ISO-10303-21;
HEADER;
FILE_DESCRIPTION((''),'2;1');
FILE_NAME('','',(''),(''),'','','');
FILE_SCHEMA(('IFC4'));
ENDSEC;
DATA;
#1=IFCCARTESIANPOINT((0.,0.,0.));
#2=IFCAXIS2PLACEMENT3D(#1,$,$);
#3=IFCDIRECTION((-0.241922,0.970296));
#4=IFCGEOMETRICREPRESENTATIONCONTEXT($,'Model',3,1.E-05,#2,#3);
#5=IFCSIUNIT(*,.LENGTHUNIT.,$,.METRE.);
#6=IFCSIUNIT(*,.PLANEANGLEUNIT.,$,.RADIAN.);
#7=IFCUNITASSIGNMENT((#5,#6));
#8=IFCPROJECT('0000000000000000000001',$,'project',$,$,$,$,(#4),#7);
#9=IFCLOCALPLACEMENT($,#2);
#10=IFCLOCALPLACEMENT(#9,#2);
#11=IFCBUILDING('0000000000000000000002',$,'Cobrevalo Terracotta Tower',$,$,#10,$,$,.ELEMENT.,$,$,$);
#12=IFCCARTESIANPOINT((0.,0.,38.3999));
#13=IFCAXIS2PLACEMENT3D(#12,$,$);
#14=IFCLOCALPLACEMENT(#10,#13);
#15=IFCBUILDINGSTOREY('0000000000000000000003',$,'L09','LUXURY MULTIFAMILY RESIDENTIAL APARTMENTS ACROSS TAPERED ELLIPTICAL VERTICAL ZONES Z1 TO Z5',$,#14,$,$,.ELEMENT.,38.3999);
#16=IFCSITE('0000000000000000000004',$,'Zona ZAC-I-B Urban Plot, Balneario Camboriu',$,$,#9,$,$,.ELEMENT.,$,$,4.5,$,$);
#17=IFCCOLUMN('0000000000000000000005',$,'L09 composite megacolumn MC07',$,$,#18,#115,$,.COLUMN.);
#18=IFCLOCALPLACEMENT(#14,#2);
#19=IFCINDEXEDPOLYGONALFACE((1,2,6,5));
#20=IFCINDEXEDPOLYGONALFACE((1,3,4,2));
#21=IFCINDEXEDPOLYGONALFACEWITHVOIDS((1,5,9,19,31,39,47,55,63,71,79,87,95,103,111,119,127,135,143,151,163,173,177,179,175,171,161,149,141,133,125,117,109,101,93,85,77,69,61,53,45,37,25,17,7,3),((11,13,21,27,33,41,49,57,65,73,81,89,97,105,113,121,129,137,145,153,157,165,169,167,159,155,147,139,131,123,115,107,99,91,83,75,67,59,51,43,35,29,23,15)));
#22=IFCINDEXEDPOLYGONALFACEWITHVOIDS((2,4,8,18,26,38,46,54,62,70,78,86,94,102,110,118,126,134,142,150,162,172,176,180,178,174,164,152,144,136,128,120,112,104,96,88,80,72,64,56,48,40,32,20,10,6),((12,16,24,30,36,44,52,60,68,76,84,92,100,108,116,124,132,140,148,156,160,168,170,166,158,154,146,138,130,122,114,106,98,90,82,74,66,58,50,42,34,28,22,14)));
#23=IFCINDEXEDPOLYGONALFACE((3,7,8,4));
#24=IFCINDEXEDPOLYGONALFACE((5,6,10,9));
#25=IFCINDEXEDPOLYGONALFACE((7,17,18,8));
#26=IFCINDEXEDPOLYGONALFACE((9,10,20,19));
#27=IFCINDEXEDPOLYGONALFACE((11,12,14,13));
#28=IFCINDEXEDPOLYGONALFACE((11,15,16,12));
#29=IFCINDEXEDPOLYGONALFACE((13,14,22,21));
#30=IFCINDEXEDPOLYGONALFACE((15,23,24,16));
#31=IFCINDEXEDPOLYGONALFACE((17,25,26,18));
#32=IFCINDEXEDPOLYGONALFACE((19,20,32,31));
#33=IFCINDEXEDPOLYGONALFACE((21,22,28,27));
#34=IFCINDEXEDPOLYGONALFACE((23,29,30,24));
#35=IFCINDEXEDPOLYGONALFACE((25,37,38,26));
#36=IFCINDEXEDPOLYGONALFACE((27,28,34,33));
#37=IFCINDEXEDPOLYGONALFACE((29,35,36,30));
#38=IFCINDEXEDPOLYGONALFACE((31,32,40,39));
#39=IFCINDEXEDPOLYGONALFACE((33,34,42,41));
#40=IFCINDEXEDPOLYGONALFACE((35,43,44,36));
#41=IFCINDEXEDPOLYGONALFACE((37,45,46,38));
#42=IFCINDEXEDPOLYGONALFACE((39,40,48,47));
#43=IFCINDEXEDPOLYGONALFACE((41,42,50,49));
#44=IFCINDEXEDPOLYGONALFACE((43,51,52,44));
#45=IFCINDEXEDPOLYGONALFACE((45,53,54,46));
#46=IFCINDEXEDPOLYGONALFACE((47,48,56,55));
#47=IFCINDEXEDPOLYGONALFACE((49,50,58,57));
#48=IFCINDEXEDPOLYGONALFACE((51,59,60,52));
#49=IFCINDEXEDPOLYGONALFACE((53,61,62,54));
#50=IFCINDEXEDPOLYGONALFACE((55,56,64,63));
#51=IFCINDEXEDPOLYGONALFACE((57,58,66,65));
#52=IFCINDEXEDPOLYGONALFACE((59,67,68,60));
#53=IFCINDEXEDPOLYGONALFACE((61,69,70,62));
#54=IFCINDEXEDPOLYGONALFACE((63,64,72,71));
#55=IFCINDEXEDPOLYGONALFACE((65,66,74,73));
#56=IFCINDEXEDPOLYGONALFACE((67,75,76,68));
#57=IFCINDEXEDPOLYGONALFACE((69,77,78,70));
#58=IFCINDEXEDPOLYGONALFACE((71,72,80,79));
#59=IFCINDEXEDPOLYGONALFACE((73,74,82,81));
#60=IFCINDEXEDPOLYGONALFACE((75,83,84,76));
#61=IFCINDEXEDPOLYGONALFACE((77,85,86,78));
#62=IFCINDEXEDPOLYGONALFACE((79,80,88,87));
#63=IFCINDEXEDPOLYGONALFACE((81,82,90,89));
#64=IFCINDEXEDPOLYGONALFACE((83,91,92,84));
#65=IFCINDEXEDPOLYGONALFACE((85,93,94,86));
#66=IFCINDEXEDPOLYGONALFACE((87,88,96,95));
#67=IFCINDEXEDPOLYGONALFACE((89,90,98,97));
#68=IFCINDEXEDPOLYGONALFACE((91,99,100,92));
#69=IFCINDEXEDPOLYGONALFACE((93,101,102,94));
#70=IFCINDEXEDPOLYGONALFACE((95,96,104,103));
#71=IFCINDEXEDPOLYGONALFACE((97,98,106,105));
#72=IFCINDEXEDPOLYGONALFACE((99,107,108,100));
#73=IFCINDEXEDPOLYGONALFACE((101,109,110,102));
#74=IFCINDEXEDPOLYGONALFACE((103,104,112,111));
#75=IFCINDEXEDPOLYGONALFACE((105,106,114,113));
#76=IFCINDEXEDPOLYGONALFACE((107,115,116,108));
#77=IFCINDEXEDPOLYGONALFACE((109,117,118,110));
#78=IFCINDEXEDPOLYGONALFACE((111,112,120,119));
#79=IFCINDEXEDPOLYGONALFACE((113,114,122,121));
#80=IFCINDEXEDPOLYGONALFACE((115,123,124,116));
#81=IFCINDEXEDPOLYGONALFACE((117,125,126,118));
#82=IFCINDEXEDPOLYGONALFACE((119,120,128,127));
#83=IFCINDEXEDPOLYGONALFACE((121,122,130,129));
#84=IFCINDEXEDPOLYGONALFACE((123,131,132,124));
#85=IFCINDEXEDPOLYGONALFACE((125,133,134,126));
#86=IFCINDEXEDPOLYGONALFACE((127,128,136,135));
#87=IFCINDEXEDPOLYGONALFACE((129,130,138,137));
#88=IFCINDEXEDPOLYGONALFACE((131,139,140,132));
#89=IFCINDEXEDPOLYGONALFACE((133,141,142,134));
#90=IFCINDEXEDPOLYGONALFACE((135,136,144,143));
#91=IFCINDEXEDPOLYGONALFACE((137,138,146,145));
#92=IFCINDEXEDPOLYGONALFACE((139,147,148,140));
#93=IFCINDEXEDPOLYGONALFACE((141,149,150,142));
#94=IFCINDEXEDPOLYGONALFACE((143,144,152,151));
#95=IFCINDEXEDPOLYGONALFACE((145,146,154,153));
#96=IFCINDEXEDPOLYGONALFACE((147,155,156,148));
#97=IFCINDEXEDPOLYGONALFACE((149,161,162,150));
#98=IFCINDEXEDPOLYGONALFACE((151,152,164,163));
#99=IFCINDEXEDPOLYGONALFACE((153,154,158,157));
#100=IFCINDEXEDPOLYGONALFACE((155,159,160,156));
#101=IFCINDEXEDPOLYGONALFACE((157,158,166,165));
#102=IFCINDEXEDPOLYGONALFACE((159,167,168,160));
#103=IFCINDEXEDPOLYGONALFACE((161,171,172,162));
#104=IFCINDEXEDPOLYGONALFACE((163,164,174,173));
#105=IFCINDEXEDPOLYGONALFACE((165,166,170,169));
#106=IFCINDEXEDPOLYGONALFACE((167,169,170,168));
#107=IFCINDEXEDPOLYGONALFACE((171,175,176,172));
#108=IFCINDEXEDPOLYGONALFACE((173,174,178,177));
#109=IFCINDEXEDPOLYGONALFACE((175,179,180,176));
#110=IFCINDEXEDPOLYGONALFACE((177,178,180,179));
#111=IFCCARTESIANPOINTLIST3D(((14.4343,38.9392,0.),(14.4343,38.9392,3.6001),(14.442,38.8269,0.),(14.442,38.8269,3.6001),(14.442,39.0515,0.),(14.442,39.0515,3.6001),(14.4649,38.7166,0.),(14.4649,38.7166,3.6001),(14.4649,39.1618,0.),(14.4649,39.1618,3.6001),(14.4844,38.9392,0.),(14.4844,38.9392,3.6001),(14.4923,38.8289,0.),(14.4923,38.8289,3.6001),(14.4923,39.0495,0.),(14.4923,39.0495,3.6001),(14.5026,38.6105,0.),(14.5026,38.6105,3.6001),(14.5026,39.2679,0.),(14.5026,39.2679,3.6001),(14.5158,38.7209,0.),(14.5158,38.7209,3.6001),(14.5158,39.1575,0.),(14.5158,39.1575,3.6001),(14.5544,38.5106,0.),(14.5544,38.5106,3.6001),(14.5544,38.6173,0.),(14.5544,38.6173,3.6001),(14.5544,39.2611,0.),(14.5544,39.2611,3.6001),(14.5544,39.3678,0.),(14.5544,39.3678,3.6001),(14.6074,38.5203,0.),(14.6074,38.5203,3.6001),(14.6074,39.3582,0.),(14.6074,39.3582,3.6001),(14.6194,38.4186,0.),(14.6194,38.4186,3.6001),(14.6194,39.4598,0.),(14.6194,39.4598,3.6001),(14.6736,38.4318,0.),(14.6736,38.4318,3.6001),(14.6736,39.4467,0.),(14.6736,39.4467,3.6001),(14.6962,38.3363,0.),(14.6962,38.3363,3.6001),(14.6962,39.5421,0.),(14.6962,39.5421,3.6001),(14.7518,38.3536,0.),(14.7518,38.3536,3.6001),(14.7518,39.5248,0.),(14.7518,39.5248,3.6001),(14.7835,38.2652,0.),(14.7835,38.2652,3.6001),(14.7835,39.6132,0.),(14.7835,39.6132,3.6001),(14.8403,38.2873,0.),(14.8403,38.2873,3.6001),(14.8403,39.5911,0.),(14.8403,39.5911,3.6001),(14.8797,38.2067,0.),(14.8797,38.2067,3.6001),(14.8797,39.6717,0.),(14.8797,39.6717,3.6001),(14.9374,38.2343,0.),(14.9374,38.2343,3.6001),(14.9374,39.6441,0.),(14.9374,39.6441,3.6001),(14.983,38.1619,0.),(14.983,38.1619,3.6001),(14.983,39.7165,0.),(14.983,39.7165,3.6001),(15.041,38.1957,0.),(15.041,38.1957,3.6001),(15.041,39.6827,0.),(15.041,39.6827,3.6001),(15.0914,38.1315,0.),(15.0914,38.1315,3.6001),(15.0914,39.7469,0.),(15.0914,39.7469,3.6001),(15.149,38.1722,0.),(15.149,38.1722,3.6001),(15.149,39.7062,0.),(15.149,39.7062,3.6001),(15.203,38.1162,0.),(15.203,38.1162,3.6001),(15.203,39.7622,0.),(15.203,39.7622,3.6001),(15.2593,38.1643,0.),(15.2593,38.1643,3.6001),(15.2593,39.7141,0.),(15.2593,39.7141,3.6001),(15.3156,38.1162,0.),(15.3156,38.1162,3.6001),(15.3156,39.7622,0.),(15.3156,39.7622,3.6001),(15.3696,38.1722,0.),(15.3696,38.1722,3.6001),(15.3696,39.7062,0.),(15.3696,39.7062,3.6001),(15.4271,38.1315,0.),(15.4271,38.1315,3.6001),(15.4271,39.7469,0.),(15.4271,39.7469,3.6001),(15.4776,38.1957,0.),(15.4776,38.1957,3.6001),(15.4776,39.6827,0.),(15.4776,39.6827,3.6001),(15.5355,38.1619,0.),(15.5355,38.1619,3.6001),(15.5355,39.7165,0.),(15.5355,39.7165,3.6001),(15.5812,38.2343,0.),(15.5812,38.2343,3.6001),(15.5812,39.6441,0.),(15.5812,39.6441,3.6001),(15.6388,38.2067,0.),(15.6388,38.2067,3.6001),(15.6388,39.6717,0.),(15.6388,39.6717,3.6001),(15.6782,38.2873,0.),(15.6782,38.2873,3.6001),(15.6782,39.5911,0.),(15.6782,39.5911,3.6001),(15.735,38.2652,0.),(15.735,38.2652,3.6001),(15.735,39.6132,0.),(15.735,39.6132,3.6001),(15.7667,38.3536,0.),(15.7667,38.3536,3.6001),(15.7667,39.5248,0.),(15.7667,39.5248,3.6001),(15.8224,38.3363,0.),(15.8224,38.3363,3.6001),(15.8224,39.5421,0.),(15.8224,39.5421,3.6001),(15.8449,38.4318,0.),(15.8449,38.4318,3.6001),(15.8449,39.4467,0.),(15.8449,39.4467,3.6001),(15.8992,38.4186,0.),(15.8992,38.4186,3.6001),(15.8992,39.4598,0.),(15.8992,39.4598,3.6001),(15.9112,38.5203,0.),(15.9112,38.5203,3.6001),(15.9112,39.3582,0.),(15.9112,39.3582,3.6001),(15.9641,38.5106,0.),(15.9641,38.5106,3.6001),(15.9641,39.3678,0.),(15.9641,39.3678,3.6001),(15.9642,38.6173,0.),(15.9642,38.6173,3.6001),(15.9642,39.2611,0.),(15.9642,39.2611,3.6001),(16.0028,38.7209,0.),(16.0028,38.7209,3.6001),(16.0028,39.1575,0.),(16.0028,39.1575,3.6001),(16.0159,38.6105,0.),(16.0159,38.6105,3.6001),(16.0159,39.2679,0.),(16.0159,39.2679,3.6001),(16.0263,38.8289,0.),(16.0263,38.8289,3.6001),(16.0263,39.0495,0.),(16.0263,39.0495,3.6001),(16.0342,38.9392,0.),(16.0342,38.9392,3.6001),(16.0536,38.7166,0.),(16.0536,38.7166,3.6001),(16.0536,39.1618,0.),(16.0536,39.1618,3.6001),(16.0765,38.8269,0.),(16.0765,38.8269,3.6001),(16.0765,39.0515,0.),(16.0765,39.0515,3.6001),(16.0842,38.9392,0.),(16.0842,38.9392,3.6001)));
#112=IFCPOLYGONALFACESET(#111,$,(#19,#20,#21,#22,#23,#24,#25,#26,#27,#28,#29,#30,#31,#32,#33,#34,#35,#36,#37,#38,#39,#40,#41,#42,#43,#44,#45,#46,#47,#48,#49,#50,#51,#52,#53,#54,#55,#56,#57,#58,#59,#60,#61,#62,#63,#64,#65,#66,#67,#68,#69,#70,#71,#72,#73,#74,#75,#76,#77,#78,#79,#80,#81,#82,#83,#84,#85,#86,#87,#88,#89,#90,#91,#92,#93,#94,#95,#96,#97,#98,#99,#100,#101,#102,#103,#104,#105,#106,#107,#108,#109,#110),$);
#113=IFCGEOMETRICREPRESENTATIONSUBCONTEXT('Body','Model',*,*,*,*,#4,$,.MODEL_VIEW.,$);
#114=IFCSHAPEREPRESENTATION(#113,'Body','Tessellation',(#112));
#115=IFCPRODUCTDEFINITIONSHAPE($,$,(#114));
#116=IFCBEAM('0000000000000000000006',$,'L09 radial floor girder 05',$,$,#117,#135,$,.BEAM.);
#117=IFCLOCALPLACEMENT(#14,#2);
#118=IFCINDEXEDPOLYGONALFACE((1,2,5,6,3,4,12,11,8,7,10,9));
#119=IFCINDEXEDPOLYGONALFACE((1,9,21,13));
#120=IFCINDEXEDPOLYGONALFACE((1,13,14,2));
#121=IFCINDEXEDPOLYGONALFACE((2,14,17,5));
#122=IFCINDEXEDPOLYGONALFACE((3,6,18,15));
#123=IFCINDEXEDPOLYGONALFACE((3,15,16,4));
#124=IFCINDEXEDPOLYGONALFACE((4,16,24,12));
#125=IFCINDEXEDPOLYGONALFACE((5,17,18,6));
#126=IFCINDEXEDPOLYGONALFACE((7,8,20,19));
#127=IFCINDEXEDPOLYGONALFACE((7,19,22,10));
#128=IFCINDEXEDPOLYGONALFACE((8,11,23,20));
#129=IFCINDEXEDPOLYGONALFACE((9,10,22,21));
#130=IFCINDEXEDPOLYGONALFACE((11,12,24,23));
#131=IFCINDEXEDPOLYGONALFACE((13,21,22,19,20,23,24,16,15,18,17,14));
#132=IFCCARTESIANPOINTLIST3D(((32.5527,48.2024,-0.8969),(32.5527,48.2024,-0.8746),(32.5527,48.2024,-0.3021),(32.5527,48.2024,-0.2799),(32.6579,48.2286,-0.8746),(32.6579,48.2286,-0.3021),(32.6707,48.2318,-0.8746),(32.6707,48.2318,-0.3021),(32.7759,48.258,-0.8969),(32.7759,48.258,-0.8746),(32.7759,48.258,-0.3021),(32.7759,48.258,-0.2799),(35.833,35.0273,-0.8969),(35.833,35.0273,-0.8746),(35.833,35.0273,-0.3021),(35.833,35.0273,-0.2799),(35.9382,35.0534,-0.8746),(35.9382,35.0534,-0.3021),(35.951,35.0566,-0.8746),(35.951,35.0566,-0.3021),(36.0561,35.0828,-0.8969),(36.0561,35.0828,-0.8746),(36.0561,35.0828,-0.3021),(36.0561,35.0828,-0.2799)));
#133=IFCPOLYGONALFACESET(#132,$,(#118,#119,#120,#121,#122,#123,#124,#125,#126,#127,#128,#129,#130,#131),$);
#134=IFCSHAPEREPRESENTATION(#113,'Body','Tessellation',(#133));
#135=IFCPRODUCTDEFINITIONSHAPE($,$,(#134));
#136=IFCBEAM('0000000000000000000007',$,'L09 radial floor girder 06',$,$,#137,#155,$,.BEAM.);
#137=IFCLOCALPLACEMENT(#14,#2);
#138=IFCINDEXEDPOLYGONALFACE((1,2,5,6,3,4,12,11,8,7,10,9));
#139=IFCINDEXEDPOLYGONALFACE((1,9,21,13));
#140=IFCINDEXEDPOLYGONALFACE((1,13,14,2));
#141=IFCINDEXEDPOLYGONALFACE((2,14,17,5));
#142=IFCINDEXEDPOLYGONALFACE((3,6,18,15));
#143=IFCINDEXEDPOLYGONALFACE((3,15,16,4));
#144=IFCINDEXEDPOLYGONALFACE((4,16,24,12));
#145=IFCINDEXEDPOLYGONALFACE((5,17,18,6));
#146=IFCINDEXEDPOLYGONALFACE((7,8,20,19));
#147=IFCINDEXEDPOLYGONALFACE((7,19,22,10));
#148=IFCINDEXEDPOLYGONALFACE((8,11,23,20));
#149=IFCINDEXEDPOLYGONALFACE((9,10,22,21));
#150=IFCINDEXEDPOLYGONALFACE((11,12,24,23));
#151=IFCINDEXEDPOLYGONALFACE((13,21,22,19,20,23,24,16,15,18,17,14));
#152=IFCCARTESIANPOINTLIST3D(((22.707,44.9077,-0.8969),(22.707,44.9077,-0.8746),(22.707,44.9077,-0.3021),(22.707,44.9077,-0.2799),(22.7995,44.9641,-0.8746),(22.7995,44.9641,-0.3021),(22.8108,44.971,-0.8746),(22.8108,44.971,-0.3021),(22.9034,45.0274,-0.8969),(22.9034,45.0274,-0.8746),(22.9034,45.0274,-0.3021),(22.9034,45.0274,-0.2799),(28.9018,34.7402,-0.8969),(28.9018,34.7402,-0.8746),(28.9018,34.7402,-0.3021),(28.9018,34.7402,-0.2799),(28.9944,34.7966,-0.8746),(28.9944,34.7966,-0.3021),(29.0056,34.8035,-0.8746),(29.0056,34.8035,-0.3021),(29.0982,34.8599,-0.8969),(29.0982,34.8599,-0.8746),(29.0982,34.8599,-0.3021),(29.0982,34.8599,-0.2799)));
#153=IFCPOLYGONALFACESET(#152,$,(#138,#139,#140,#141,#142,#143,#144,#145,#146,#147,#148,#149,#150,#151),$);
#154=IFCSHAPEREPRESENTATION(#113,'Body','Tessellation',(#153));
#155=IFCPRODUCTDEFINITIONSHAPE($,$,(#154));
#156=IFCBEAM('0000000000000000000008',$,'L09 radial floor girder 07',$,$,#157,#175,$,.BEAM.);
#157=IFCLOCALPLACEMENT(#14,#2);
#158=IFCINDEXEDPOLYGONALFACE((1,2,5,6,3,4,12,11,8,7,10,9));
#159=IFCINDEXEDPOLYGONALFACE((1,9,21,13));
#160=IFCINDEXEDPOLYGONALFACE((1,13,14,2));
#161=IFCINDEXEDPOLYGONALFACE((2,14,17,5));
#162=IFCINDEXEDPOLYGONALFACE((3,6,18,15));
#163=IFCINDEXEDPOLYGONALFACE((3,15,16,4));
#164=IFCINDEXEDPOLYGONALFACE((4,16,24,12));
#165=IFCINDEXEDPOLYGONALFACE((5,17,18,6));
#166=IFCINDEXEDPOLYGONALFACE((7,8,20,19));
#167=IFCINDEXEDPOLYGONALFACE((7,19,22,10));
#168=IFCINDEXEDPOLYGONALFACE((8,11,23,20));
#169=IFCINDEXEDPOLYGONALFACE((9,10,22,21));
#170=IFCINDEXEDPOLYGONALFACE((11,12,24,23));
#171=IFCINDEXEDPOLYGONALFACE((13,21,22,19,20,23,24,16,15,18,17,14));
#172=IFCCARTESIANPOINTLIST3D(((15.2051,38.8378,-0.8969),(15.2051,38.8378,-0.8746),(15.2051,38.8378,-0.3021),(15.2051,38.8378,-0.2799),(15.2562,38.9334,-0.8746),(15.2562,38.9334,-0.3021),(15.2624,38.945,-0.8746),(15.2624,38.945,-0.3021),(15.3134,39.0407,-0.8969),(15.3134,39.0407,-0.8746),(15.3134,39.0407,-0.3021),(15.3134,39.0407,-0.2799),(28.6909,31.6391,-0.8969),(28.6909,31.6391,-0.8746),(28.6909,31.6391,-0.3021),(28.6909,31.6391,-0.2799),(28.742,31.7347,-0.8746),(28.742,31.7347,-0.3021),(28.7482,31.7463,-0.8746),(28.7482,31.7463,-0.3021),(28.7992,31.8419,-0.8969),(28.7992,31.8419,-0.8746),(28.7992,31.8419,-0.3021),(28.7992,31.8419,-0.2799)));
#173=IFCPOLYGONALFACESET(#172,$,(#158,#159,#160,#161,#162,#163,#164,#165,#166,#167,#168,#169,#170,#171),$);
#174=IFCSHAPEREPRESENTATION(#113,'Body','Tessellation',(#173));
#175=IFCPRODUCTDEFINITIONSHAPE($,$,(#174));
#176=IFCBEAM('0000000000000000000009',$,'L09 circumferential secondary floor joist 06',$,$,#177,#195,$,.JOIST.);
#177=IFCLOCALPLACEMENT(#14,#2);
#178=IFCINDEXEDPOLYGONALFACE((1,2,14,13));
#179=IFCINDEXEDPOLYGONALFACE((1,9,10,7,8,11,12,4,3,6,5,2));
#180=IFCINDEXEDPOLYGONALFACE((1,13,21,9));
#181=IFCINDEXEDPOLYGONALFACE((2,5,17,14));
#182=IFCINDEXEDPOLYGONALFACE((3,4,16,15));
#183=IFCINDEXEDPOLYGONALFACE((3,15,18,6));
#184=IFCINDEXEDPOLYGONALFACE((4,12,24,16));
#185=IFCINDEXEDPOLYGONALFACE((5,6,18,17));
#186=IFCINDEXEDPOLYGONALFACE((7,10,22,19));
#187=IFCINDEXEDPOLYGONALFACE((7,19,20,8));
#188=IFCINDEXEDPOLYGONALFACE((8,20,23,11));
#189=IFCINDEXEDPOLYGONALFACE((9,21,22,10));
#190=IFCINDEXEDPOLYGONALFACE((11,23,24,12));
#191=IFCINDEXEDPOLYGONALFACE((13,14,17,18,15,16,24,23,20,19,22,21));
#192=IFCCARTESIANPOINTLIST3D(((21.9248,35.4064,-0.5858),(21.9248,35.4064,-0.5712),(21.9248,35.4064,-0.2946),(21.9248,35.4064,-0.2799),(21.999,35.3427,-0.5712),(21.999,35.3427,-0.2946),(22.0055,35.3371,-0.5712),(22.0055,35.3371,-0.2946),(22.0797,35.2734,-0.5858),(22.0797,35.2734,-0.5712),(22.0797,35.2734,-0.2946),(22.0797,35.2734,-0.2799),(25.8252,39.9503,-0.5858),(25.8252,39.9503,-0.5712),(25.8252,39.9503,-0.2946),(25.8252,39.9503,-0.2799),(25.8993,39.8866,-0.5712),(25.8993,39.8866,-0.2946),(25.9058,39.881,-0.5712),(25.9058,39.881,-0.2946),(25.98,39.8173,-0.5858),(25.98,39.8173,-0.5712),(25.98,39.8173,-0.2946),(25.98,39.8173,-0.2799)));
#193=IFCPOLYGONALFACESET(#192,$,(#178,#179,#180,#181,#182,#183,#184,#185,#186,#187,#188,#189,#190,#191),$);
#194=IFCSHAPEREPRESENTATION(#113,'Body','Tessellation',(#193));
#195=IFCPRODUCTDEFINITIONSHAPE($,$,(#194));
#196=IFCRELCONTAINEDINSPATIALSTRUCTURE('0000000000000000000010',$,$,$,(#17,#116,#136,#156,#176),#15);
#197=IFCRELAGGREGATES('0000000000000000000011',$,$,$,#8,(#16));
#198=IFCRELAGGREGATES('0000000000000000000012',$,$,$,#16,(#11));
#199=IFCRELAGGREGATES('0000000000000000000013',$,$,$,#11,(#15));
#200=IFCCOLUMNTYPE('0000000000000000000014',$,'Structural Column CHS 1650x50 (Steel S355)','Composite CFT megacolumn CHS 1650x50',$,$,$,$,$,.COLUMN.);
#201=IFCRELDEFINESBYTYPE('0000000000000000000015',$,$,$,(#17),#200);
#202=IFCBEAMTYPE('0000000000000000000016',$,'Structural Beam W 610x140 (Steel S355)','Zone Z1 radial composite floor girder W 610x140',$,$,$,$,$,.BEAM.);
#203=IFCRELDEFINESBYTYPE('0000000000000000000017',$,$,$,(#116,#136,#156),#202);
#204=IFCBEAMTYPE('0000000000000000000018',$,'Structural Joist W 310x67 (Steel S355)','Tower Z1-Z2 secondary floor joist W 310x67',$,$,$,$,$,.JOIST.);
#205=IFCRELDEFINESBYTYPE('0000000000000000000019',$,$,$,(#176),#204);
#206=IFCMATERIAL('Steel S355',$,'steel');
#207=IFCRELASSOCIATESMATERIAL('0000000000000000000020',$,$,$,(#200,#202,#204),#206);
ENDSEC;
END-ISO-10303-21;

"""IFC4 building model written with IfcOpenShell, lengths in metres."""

from ifc_helpers import new_model, si_unit, direction, frame, origin, origin_2d, place, context, subcontext, project, spatial, hollow_circle, i_section, extrude, material, material_profile, profile_set, type_object, element, save


model = new_model("IFC4")

# Units and contexts
model_context = context("Model", 3, precision=1e-05, world=origin(), true_north=direction((-0.241922, 0.970296)))
body_context = subcontext(model_context, "Body", "Model", "MODEL_VIEW")
ifc_project = project(units=[si_unit("LENGTHUNIT", "METRE"), si_unit("PLANEANGLEUNIT", "RADIAN")], contexts=[model_context])

# Site, building, storey
site_placement = place(None, origin())
site = spatial("IfcSite", under=ifc_project, at=site_placement, Name="Zona ZAC-I-B Urban Plot, Balneario Camboriu", CompositionType="ELEMENT", RefElevation=4.5)
building_placement = place(site_placement, origin())
building = spatial("IfcBuilding", under=site, at=building_placement, Name="Cobrevalo Terracotta Tower", CompositionType="ELEMENT")
storey_placement = place(building_placement, frame((0.0, 0.0, 38.3999)))
storey = spatial("IfcBuildingStorey", under=building, at=storey_placement, Name="L09", Description="LUXURY MULTIFAMILY RESIDENTIAL APARTMENTS ACROSS TAPERED ELLIPTICAL VERTICAL ZONES Z1 TO Z5", CompositionType="ELEMENT", Elevation=38.3999)

# Column
ifc_material_1 = material(Name="Steel S355", Category="steel")
ifc_material_profile_1 = material_profile(ifc_material_1, hollow_circle(Radius=0.825, WallThickness=0.05, at=origin_2d()), Name="CHS 1650x50")
ifc_profile_set_1 = profile_set([ifc_material_profile_1], Name="Steel S355")
column_type = type_object("IfcColumnType", Name="Structural Column CHS 1650x50 (Steel S355)", Description="Composite CFT megacolumn CHS 1650x50", PredefinedType="COLUMN", material=ifc_profile_set_1)
for number, where, z_axis, x_axis, name in (
    (1, (15.2593, 38.9392, 0.0), (0.0, 0.0, 1.0), (1.0, 0.0, 0.0), "L09 composite megacolumn MC07"),
):
    element("IfcColumn", number, at=place(storey_placement, frame(where, z_axis=z_axis, x_axis=x_axis)), inside=storey, type_object=column_type, Name=name, PredefinedType="COLUMN", context=body_context, shape_type="SweptSolid", body=[
        extrude(hollow_circle(Radius=0.825, WallThickness=0.05, at=origin_2d()), origin(), (0.0, 0.0, 1.0), 3.6001),
    ])

# Beams
ifc_material_profile_2 = material_profile(ifc_material_1, i_section(OverallWidth=0.23, OverallDepth=0.6169, WebThickness=0.0132, FlangeThickness=0.0222, at=origin_2d()), Name="W 610x140")
ifc_profile_set_2 = profile_set([ifc_material_profile_2], Name="Steel S355")
beam_type_1 = type_object("IfcBeamType", Name="Structural Beam W 610x140 (Steel S355)", Description="Zone Z1 radial composite floor girder W 610x140", PredefinedType="BEAM", material=ifc_profile_set_2)
beam_1_placement = place(storey_placement, frame((32.6643, 48.2302, -0.5884), z_axis=(0.241596, -0.970377, 0.0), x_axis=(0.970377, 0.241596, 0.0)))
element("IfcBeam", 2, at=beam_1_placement, inside=storey, type_object=beam_type_1, Name="L09 radial floor girder 05", PredefinedType="BEAM", context=body_context, shape_type="SweptSolid", body=[
    extrude(i_section(OverallWidth=0.23, OverallDepth=0.6169, WebThickness=0.0132, FlangeThickness=0.0222, at=origin_2d()), origin(), (0.0, 0.0, 1.0), 13.5774),
])
beam_2_placement = place(storey_placement, frame((22.8052, 44.9675, -0.5884), z_axis=(0.52031, -0.853978, 0.0), x_axis=(0.853978, 0.52031, 0.0)))
element("IfcBeam", 3, at=beam_2_placement, inside=storey, type_object=beam_type_1, Name="L09 radial floor girder 06", PredefinedType="BEAM", context=body_context, shape_type="SweptSolid", body=[
    extrude(i_section(OverallWidth=0.23, OverallDepth=0.6169, WebThickness=0.0132, FlangeThickness=0.0222, at=origin_2d()), origin(), (0.0, 0.0, 1.0), 11.906),
])
beam_3_placement = place(storey_placement, frame((15.2593, 38.9392, -0.5884), z_axis=(0.882182, -0.470908, 0.0), x_axis=(0.470908, 0.882182, 0.0)))
element("IfcBeam", 4, at=beam_3_placement, inside=storey, type_object=beam_type_1, Name="L09 radial floor girder 07", PredefinedType="BEAM", context=body_context, shape_type="SweptSolid", body=[
    extrude(i_section(OverallWidth=0.23, OverallDepth=0.6169, WebThickness=0.0132, FlangeThickness=0.0222, at=origin_2d()), origin(), (0.0, 0.0, 1.0), 15.2869),
])
ifc_material_profile_3 = material_profile(ifc_material_1, i_section(OverallWidth=0.2041, OverallDepth=0.3059, WebThickness=0.0085, FlangeThickness=0.0146, at=origin_2d()), Name="W 310x67")
ifc_profile_set_3 = profile_set([ifc_material_profile_3], Name="Steel S355")
beam_type_2 = type_object("IfcBeamType", Name="Structural Joist W 310x67 (Steel S355)", Description="Tower Z1-Z2 secondary floor joist W 310x67", PredefinedType="JOIST", material=ifc_profile_set_3)
beam_4_placement = place(storey_placement, frame((25.9026, 39.8838, -0.4329), z_axis=(-0.651328, -0.758796, 0.0), x_axis=(0.758796, -0.651328, 0.0)))
element("IfcBeam", 5, at=beam_4_placement, inside=storey, type_object=beam_type_2, Name="L09 circumferential secondary floor joist 06", PredefinedType="JOIST", context=body_context, shape_type="SweptSolid", body=[
    extrude(i_section(OverallWidth=0.2041, OverallDepth=0.3059, WebThickness=0.0085, FlangeThickness=0.0146, at=origin_2d()), origin(), (0.0, 0.0, 1.0), 5.9883),
])

save(model, "model.ifc")
